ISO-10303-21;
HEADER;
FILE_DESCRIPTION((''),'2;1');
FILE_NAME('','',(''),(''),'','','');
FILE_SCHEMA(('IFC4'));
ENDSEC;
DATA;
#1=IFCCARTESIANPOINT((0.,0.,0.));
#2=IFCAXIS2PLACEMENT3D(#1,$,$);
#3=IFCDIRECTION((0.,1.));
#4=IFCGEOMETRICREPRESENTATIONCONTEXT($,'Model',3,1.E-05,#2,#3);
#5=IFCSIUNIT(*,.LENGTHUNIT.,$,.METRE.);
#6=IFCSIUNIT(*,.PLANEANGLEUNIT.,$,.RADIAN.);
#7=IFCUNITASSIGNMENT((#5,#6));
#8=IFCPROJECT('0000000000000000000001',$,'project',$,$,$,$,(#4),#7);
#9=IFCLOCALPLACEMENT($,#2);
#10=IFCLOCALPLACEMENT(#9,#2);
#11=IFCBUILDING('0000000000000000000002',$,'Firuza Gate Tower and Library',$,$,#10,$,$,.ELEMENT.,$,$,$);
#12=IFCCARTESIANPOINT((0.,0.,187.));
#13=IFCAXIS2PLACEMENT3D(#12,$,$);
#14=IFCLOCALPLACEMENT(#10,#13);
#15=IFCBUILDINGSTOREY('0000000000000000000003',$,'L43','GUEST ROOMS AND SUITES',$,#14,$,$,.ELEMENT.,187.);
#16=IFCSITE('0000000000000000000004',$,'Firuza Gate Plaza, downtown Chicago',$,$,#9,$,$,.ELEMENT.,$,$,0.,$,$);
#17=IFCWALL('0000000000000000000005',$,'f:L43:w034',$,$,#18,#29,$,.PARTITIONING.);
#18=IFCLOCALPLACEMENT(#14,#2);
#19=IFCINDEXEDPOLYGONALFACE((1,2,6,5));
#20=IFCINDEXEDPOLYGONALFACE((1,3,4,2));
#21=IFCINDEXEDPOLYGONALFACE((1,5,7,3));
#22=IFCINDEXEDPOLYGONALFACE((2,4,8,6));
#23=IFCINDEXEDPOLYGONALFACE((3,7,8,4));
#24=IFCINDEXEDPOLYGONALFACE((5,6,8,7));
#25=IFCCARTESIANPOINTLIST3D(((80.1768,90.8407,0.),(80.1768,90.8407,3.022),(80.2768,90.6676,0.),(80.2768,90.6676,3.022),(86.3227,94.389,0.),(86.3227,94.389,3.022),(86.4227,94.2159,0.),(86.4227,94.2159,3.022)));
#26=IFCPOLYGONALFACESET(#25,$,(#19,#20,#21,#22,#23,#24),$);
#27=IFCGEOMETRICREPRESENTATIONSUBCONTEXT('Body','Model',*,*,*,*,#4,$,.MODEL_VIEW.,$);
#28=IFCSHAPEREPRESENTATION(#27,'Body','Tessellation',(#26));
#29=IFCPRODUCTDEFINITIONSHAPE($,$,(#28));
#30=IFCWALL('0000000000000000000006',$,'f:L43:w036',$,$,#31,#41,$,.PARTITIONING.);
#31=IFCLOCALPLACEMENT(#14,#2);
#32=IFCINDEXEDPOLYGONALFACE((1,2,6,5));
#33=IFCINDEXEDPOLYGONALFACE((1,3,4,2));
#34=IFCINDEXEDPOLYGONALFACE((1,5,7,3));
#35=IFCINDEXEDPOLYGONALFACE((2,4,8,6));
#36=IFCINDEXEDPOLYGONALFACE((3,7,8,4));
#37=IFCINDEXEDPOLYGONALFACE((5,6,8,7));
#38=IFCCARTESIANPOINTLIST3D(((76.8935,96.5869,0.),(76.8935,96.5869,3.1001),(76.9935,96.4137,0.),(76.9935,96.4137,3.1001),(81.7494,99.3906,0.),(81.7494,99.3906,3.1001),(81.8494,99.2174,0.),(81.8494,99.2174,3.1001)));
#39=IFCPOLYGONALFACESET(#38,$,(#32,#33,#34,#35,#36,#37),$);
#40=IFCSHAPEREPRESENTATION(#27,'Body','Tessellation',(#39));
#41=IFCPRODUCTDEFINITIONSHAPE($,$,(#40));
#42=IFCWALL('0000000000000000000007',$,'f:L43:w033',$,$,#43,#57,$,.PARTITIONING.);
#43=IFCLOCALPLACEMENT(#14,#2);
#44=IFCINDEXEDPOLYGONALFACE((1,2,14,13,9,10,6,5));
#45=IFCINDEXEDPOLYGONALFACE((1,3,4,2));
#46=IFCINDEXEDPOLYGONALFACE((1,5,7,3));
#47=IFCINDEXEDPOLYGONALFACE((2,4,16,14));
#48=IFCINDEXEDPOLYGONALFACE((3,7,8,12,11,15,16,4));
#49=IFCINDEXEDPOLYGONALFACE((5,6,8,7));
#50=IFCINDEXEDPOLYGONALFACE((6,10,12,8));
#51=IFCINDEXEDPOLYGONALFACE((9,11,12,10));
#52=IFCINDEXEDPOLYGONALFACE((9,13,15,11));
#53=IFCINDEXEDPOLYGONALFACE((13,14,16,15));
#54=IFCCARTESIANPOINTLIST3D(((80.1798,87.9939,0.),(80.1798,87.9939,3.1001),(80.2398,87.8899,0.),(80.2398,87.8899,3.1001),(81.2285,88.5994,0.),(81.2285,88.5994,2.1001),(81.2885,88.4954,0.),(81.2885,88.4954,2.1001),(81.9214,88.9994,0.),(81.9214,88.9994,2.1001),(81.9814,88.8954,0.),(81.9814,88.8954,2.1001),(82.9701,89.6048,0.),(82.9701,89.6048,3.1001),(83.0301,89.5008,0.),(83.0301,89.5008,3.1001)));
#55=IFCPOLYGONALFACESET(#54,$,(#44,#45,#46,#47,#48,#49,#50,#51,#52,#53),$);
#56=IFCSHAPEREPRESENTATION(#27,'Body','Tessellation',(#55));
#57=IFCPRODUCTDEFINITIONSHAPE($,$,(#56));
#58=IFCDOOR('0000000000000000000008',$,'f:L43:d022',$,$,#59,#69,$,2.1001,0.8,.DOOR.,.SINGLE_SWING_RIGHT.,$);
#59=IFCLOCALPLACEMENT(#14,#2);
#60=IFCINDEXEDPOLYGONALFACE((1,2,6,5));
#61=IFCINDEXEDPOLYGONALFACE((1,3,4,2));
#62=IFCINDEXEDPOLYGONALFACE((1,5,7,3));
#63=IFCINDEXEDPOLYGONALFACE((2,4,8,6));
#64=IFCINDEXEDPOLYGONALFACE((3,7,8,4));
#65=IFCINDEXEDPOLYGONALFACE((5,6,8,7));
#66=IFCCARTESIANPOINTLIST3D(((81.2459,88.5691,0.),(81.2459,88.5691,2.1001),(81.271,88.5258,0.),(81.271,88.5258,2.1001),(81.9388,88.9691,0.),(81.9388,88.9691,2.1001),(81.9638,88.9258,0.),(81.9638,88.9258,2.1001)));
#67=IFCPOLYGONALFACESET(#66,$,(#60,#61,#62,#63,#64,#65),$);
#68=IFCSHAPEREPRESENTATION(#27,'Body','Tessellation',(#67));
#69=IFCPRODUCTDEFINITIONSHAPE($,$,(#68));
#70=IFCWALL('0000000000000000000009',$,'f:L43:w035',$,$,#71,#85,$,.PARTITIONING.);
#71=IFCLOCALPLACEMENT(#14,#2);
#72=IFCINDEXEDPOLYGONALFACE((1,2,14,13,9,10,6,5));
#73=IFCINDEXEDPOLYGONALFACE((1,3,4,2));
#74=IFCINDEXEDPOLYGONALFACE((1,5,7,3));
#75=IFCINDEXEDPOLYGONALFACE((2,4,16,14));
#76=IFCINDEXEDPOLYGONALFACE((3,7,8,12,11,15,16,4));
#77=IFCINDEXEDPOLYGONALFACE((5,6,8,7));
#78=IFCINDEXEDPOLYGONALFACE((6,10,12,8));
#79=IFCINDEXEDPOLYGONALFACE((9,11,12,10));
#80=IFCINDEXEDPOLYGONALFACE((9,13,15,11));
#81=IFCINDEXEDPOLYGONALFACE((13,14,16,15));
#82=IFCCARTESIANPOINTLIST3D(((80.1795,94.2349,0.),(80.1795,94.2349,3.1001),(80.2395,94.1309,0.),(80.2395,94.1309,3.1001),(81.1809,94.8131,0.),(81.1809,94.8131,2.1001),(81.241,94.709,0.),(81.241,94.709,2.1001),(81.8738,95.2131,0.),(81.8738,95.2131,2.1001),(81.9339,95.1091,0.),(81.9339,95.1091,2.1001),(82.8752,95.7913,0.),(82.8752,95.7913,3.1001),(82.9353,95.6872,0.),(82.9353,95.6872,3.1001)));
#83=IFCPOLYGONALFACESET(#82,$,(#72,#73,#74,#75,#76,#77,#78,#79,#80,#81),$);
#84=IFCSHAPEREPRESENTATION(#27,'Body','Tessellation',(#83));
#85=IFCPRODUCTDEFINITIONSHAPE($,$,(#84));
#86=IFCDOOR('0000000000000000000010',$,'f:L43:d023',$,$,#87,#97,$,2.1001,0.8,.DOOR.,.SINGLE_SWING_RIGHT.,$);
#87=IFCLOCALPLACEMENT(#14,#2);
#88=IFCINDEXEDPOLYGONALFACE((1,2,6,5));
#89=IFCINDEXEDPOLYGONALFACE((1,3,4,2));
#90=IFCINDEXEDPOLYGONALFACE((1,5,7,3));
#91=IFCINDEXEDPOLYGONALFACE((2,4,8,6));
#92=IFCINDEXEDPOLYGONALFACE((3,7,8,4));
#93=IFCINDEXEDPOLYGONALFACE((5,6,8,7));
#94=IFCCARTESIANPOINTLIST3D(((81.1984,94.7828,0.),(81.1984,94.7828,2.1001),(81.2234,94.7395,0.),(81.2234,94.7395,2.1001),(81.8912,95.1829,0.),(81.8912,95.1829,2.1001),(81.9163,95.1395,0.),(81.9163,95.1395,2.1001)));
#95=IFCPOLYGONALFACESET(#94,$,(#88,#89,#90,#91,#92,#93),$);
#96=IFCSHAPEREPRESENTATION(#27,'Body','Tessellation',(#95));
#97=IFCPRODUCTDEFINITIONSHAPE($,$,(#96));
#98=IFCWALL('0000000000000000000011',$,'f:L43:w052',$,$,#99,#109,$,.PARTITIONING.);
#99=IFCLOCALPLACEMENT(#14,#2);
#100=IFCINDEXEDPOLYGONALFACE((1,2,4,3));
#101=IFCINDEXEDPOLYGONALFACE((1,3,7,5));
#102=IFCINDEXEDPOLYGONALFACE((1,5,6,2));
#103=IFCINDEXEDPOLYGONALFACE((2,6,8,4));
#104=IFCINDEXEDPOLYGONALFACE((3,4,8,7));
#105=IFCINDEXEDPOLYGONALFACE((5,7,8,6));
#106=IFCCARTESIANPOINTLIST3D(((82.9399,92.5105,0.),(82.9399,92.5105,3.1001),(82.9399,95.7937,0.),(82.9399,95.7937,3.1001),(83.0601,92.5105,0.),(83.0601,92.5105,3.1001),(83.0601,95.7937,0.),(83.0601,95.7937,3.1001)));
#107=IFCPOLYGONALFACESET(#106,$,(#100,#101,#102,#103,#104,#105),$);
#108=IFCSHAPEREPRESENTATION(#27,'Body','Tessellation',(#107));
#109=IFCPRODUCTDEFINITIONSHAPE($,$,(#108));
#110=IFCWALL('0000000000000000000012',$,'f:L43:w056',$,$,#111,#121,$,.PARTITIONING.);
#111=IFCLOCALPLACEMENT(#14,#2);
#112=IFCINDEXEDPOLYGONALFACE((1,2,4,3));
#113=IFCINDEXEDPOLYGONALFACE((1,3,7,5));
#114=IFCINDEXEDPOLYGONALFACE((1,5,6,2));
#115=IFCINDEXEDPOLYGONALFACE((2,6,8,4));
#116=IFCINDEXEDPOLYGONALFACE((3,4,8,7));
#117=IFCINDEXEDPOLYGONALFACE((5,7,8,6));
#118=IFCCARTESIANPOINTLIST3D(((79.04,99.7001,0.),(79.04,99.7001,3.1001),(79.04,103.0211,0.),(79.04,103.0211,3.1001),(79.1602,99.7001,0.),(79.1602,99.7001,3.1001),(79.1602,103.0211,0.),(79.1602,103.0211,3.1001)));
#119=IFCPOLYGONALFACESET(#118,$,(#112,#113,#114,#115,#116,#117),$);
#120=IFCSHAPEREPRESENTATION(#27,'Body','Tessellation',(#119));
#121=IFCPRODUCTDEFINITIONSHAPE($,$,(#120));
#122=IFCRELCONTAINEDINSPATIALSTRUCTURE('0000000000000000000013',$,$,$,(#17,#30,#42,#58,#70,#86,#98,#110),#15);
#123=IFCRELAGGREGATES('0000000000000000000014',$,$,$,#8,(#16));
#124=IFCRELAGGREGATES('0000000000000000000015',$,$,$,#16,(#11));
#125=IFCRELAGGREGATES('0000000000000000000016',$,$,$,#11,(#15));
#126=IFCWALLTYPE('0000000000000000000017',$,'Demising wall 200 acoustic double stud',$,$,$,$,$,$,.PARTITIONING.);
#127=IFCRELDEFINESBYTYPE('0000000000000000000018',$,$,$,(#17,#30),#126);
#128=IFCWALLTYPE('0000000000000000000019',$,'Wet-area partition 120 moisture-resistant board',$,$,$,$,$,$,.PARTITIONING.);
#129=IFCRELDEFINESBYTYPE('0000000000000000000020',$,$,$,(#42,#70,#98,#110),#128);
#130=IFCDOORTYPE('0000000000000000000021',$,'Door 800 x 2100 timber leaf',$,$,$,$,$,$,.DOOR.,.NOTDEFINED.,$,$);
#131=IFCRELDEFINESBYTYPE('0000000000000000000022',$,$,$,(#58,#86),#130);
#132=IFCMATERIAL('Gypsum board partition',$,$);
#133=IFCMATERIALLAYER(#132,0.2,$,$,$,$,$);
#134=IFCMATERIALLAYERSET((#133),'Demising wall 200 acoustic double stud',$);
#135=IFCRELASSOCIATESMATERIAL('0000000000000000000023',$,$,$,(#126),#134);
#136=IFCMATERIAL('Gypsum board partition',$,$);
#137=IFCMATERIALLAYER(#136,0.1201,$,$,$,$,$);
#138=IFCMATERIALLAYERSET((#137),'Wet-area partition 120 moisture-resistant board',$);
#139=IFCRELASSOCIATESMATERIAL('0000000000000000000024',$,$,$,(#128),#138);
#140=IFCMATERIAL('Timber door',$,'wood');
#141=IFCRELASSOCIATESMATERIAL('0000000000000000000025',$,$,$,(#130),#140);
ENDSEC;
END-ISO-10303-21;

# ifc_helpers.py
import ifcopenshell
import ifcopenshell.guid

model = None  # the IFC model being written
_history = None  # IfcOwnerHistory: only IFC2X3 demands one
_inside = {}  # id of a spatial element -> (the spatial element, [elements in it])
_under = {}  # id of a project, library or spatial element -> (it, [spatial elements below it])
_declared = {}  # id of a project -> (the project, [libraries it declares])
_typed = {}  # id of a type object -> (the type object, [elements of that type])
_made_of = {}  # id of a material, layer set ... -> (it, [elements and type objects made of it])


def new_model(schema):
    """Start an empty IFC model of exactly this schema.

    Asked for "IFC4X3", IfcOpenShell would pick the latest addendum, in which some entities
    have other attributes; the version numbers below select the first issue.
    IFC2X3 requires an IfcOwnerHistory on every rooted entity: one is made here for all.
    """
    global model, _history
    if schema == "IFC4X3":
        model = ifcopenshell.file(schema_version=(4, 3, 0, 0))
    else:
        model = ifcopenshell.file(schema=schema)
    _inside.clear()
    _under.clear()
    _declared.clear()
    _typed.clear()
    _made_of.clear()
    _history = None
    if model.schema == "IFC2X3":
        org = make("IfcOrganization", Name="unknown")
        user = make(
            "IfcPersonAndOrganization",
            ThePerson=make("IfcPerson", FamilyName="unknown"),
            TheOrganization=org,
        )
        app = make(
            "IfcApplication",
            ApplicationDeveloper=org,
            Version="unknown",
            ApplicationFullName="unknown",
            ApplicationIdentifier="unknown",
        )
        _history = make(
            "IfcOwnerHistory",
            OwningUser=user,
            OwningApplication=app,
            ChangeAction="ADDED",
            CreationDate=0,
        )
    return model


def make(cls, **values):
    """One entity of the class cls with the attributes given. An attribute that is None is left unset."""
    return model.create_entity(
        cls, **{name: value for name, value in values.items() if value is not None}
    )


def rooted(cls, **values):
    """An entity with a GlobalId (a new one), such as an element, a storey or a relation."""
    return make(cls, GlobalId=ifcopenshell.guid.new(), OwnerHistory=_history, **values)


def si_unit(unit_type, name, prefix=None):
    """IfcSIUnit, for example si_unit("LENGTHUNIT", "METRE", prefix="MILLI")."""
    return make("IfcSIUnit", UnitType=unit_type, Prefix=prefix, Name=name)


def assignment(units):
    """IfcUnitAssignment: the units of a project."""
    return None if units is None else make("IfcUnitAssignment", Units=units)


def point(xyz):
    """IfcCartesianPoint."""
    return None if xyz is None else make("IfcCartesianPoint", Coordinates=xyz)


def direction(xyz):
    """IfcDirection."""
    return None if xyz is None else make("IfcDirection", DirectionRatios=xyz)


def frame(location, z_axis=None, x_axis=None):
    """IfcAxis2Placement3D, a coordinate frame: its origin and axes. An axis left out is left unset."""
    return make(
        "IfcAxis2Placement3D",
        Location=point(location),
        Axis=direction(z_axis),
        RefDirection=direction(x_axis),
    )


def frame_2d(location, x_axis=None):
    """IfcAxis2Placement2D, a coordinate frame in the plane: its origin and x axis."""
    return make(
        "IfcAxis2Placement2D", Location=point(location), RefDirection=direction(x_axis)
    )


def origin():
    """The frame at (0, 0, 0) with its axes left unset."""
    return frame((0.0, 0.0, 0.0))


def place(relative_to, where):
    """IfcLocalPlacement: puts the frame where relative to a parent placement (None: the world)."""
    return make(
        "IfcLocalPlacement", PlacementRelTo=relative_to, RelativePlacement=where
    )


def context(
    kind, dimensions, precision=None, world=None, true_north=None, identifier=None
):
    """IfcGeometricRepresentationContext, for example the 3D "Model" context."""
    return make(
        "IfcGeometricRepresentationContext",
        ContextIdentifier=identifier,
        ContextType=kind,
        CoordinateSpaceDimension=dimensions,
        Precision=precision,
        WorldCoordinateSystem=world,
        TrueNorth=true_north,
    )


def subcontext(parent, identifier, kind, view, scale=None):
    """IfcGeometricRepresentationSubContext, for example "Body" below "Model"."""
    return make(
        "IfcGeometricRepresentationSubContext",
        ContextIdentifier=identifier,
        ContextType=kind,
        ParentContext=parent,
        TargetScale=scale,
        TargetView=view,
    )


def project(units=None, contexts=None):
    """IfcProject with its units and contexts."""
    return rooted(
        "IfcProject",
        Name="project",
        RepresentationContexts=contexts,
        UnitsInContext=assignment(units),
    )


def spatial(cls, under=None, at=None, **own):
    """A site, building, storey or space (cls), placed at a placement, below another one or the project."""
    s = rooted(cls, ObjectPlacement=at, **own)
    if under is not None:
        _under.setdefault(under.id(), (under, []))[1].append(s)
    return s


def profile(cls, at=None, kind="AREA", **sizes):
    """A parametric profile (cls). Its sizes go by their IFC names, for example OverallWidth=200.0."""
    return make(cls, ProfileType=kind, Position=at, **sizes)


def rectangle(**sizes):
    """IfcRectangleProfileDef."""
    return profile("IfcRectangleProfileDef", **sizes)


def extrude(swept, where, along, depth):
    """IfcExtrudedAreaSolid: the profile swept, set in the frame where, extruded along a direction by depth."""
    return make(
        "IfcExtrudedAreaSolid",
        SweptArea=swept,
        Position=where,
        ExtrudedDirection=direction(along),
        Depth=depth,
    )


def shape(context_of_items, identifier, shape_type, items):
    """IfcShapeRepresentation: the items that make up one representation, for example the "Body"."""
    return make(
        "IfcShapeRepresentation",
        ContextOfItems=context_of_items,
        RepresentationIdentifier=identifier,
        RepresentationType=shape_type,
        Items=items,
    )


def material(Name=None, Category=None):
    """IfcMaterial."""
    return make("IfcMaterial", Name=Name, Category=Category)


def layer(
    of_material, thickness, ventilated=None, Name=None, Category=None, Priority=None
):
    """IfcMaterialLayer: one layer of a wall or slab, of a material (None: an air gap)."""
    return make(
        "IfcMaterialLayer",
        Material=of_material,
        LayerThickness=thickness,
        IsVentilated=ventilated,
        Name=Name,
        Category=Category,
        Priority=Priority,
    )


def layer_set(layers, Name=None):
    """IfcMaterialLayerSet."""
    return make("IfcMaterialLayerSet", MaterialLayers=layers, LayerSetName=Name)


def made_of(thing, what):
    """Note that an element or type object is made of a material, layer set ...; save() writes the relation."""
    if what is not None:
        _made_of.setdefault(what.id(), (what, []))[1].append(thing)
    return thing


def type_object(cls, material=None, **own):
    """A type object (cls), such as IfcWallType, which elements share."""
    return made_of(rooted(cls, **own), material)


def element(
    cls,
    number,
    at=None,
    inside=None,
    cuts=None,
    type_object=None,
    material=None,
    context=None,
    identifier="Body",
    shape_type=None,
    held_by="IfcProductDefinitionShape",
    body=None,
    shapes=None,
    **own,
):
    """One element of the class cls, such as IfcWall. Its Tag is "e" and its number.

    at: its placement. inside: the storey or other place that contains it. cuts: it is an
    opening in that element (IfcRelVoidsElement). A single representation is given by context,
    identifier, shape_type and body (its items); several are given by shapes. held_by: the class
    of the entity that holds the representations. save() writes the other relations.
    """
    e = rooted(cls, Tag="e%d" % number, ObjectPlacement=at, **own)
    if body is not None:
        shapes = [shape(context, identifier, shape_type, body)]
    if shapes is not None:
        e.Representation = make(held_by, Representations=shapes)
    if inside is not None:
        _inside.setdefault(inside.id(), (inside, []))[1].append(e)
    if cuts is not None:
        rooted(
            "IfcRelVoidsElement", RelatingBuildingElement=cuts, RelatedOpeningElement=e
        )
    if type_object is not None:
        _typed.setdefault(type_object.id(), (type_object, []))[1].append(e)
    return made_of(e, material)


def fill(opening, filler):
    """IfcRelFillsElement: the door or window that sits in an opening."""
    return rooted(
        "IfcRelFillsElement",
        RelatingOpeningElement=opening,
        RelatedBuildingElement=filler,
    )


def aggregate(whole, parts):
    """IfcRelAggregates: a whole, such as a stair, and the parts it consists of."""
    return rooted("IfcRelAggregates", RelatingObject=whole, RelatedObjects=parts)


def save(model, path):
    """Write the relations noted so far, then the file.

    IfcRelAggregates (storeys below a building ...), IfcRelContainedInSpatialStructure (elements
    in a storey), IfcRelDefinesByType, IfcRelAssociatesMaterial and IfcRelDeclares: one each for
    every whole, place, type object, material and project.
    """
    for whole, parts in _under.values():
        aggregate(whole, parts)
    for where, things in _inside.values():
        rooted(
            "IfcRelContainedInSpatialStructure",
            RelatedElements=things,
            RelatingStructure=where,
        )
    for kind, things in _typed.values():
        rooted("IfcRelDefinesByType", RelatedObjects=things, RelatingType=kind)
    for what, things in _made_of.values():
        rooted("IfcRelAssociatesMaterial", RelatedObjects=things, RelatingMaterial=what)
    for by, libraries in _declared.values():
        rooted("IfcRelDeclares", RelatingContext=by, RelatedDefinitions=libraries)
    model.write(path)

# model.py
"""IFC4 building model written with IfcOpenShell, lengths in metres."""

from ifc_helpers import new_model, si_unit, direction, frame, frame_2d, origin, place, context, subcontext, project, spatial, rectangle, extrude, material, layer, layer_set, type_object, element, fill, save


model = new_model("IFC4")

# Units and contexts
model_context = context("Model", 3, precision=1e-05, world=origin(), true_north=direction((0.0, 1.0)))
body_context = subcontext(model_context, "Body", "Model", "MODEL_VIEW")
ifc_project = project(units=[si_unit("LENGTHUNIT", "METRE"), si_unit("PLANEANGLEUNIT", "RADIAN")], contexts=[model_context])

# Site, building, storey
site_placement = place(None, origin())
site = spatial("IfcSite", under=ifc_project, at=site_placement, Name="Firuza Gate Plaza, downtown Chicago", CompositionType="ELEMENT", RefElevation=0.0)
building_placement = place(site_placement, origin())
building = spatial("IfcBuilding", under=site, at=building_placement, Name="Firuza Gate Tower and Library", CompositionType="ELEMENT")
storey_placement = place(building_placement, frame((0.0, 0.0, 187.0)))
storey = spatial("IfcBuildingStorey", under=building, at=storey_placement, Name="L43", Description="GUEST ROOMS AND SUITES", CompositionType="ELEMENT", Elevation=187.0)

# Walls
ifc_material_1 = material(Name="Gypsum board partition")
ifc_layer_1 = layer(ifc_material_1, 0.2)
ifc_layer_set_1 = layer_set([ifc_layer_1], Name="Demising wall 200 acoustic double stud")
wall_type_1 = type_object("IfcWallType", Name="Demising wall 200 acoustic double stud", PredefinedType="PARTITIONING", material=ifc_layer_set_1)
wall_1_placement = place(storey_placement, frame((80.2268, 90.7542, 0.0), z_axis=(0.0, 0.0, 1.0), x_axis=(0.866029, 0.499994, 0.0)))
element("IfcWall", 1, at=wall_1_placement, inside=storey, type_object=wall_type_1, Name="f:L43:w034", PredefinedType="PARTITIONING", context=body_context, shape_type="SweptSolid", body=[
    extrude(rectangle(XDim=7.0967, YDim=0.2, at=frame_2d((3.5483, 0.0))), origin(), (0.0, 0.0, 1.0), 3.022),
])
wall_2_placement = place(storey_placement, frame((76.9434, 96.5002, 0.0), z_axis=(0.0, 0.0, 1.0), x_axis=(0.866016, 0.500016, 0.0)))
element("IfcWall", 2, at=wall_2_placement, inside=storey, type_object=wall_type_1, Name="f:L43:w036", PredefinedType="PARTITIONING", context=body_context, shape_type="SweptSolid", body=[
    extrude(rectangle(XDim=5.6072, YDim=0.2, at=frame_2d((2.8037, 0.0))), origin(), (0.0, 0.0, 1.0), 3.1001),
])

# Walls, openings, doors
ifc_material_2 = material(Name="Gypsum board partition")
ifc_layer_2 = layer(ifc_material_2, 0.1201)
ifc_layer_set_2 = layer_set([ifc_layer_2], Name="Wet-area partition 120 moisture-resistant board")
wall_type_2 = type_object("IfcWallType", Name="Wet-area partition 120 moisture-resistant board", PredefinedType="PARTITIONING", material=ifc_layer_set_2)
wall_3_placement = place(storey_placement, frame((83.0, 89.5527, 0.0), z_axis=(0.0, 0.0, 1.0), x_axis=(-0.866043, -0.49997, 0.0)))
wall_3 = element("IfcWall", 3, at=wall_3_placement, inside=storey, type_object=wall_type_2, Name="f:L43:w033", PredefinedType="PARTITIONING", context=body_context, shape_type="SweptSolid", body=[
    extrude(rectangle(XDim=3.2219, YDim=0.1201, at=frame_2d((1.6108, 0.0))), origin(), (0.0, 0.0, 1.0), 3.1001),
])
opening_1_placement = place(wall_3_placement, frame((1.2109, 0.0, 0.0)))
opening_1 = element("IfcOpeningElement", 4, at=opening_1_placement, cuts=wall_3, PredefinedType="OPENING", context=body_context, shape_type="SweptSolid", body=[
    extrude(rectangle(XDim=0.8, YDim=2.1001, at=frame_2d((0.3999, 1.05))), frame((0.0, 0.0701, 0.0), z_axis=(0.0, -1.0, 0.0), x_axis=(1.0, 0.0, 0.0)), (0.0, 0.0, 1.0), 0.1401),
])
ifc_material_3 = material(Name="Timber door", Category="wood")
door_type_1 = type_object("IfcDoorType", Name="Door 800 x 2100 timber leaf", OperationType="NOTDEFINED", PredefinedType="DOOR", material=ifc_material_3)
door_1_placement = place(opening_1_placement, origin())
door_1 = element("IfcDoor", 5, at=door_1_placement, inside=storey, type_object=door_type_1, Name="f:L43:d022", OperationType="SINGLE_SWING_RIGHT", OverallHeight=2.1001, OverallWidth=0.8, PredefinedType="DOOR", context=body_context, shape_type="SweptSolid", body=[
    extrude(rectangle(XDim=0.8, YDim=2.1001, at=frame_2d((0.3999, 1.05))), frame((0.0, 0.0249, 0.0), z_axis=(0.0, -1.0, 0.0), x_axis=(1.0, 0.0, 0.0)), (0.0, 0.0, 1.0), 0.05),
])
fill(opening_1, door_1)
wall_4_placement = place(storey_placement, frame((82.9053, 95.7393, 0.0), z_axis=(0.0, 0.0, 1.0), x_axis=(-0.866029, -0.499994, 0.0)))
wall_4 = element("IfcWall", 6, at=wall_4_placement, inside=storey, type_object=wall_type_2, Name="f:L43:w035", PredefinedType="PARTITIONING", context=body_context, shape_type="SweptSolid", body=[
    extrude(rectangle(XDim=3.1128, YDim=0.1201, at=frame_2d((1.5564, 0.0))), origin(), (0.0, 0.0, 1.0), 3.1001),
])
opening_2_placement = place(wall_4_placement, frame((1.1565, 0.0, 0.0)))
opening_2 = element("IfcOpeningElement", 7, at=opening_2_placement, cuts=wall_4, PredefinedType="OPENING", context=body_context, shape_type="SweptSolid", body=[
    extrude(rectangle(XDim=0.8, YDim=2.1001, at=frame_2d((0.3999, 1.05))), frame((0.0, 0.0701, 0.0), z_axis=(0.0, -1.0, 0.0), x_axis=(1.0, 0.0, 0.0)), (0.0, 0.0, 1.0), 0.1401),
])
door_2_placement = place(opening_2_placement, origin())
door_2 = element("IfcDoor", 8, at=door_2_placement, inside=storey, type_object=door_type_1, Name="f:L43:d023", OperationType="SINGLE_SWING_RIGHT", OverallHeight=2.1001, OverallWidth=0.8, PredefinedType="DOOR", context=body_context, shape_type="SweptSolid", body=[
    extrude(rectangle(XDim=0.8, YDim=2.1001, at=frame_2d((0.3999, 1.05))), frame((0.0, 0.0249, 0.0), z_axis=(0.0, -1.0, 0.0), x_axis=(1.0, 0.0, 0.0)), (0.0, 0.0, 1.0), 0.05),
])
fill(opening_2, door_2)

# Walls
wall_5_placement = place(storey_placement, frame((83.0, 92.5105, 0.0), z_axis=(0.0, 0.0, 1.0), x_axis=(0.0, 1.0, 0.0)))
element("IfcWall", 9, at=wall_5_placement, inside=storey, type_object=wall_type_2, Name="f:L43:w052", PredefinedType="PARTITIONING", context=body_context, shape_type="SweptSolid", body=[
    extrude(rectangle(XDim=3.2832, YDim=0.1201, at=frame_2d((1.6416, 0.0))), origin(), (0.0, 0.0, 1.0), 3.1001),
])
wall_6_placement = place(storey_placement, frame((79.1001, 99.7, 0.0), z_axis=(0.0, 0.0, 1.0), x_axis=(0.0, 1.0, 0.0)))
element("IfcWall", 10, at=wall_6_placement, inside=storey, type_object=wall_type_2, Name="f:L43:w056", PredefinedType="PARTITIONING", context=body_context, shape_type="SweptSolid", body=[
    extrude(rectangle(XDim=3.321, YDim=0.1201, at=frame_2d((1.6606, 0.0))), origin(), (0.0, 0.0, 1.0), 3.1001),
])

save(model, "model.ifc")
